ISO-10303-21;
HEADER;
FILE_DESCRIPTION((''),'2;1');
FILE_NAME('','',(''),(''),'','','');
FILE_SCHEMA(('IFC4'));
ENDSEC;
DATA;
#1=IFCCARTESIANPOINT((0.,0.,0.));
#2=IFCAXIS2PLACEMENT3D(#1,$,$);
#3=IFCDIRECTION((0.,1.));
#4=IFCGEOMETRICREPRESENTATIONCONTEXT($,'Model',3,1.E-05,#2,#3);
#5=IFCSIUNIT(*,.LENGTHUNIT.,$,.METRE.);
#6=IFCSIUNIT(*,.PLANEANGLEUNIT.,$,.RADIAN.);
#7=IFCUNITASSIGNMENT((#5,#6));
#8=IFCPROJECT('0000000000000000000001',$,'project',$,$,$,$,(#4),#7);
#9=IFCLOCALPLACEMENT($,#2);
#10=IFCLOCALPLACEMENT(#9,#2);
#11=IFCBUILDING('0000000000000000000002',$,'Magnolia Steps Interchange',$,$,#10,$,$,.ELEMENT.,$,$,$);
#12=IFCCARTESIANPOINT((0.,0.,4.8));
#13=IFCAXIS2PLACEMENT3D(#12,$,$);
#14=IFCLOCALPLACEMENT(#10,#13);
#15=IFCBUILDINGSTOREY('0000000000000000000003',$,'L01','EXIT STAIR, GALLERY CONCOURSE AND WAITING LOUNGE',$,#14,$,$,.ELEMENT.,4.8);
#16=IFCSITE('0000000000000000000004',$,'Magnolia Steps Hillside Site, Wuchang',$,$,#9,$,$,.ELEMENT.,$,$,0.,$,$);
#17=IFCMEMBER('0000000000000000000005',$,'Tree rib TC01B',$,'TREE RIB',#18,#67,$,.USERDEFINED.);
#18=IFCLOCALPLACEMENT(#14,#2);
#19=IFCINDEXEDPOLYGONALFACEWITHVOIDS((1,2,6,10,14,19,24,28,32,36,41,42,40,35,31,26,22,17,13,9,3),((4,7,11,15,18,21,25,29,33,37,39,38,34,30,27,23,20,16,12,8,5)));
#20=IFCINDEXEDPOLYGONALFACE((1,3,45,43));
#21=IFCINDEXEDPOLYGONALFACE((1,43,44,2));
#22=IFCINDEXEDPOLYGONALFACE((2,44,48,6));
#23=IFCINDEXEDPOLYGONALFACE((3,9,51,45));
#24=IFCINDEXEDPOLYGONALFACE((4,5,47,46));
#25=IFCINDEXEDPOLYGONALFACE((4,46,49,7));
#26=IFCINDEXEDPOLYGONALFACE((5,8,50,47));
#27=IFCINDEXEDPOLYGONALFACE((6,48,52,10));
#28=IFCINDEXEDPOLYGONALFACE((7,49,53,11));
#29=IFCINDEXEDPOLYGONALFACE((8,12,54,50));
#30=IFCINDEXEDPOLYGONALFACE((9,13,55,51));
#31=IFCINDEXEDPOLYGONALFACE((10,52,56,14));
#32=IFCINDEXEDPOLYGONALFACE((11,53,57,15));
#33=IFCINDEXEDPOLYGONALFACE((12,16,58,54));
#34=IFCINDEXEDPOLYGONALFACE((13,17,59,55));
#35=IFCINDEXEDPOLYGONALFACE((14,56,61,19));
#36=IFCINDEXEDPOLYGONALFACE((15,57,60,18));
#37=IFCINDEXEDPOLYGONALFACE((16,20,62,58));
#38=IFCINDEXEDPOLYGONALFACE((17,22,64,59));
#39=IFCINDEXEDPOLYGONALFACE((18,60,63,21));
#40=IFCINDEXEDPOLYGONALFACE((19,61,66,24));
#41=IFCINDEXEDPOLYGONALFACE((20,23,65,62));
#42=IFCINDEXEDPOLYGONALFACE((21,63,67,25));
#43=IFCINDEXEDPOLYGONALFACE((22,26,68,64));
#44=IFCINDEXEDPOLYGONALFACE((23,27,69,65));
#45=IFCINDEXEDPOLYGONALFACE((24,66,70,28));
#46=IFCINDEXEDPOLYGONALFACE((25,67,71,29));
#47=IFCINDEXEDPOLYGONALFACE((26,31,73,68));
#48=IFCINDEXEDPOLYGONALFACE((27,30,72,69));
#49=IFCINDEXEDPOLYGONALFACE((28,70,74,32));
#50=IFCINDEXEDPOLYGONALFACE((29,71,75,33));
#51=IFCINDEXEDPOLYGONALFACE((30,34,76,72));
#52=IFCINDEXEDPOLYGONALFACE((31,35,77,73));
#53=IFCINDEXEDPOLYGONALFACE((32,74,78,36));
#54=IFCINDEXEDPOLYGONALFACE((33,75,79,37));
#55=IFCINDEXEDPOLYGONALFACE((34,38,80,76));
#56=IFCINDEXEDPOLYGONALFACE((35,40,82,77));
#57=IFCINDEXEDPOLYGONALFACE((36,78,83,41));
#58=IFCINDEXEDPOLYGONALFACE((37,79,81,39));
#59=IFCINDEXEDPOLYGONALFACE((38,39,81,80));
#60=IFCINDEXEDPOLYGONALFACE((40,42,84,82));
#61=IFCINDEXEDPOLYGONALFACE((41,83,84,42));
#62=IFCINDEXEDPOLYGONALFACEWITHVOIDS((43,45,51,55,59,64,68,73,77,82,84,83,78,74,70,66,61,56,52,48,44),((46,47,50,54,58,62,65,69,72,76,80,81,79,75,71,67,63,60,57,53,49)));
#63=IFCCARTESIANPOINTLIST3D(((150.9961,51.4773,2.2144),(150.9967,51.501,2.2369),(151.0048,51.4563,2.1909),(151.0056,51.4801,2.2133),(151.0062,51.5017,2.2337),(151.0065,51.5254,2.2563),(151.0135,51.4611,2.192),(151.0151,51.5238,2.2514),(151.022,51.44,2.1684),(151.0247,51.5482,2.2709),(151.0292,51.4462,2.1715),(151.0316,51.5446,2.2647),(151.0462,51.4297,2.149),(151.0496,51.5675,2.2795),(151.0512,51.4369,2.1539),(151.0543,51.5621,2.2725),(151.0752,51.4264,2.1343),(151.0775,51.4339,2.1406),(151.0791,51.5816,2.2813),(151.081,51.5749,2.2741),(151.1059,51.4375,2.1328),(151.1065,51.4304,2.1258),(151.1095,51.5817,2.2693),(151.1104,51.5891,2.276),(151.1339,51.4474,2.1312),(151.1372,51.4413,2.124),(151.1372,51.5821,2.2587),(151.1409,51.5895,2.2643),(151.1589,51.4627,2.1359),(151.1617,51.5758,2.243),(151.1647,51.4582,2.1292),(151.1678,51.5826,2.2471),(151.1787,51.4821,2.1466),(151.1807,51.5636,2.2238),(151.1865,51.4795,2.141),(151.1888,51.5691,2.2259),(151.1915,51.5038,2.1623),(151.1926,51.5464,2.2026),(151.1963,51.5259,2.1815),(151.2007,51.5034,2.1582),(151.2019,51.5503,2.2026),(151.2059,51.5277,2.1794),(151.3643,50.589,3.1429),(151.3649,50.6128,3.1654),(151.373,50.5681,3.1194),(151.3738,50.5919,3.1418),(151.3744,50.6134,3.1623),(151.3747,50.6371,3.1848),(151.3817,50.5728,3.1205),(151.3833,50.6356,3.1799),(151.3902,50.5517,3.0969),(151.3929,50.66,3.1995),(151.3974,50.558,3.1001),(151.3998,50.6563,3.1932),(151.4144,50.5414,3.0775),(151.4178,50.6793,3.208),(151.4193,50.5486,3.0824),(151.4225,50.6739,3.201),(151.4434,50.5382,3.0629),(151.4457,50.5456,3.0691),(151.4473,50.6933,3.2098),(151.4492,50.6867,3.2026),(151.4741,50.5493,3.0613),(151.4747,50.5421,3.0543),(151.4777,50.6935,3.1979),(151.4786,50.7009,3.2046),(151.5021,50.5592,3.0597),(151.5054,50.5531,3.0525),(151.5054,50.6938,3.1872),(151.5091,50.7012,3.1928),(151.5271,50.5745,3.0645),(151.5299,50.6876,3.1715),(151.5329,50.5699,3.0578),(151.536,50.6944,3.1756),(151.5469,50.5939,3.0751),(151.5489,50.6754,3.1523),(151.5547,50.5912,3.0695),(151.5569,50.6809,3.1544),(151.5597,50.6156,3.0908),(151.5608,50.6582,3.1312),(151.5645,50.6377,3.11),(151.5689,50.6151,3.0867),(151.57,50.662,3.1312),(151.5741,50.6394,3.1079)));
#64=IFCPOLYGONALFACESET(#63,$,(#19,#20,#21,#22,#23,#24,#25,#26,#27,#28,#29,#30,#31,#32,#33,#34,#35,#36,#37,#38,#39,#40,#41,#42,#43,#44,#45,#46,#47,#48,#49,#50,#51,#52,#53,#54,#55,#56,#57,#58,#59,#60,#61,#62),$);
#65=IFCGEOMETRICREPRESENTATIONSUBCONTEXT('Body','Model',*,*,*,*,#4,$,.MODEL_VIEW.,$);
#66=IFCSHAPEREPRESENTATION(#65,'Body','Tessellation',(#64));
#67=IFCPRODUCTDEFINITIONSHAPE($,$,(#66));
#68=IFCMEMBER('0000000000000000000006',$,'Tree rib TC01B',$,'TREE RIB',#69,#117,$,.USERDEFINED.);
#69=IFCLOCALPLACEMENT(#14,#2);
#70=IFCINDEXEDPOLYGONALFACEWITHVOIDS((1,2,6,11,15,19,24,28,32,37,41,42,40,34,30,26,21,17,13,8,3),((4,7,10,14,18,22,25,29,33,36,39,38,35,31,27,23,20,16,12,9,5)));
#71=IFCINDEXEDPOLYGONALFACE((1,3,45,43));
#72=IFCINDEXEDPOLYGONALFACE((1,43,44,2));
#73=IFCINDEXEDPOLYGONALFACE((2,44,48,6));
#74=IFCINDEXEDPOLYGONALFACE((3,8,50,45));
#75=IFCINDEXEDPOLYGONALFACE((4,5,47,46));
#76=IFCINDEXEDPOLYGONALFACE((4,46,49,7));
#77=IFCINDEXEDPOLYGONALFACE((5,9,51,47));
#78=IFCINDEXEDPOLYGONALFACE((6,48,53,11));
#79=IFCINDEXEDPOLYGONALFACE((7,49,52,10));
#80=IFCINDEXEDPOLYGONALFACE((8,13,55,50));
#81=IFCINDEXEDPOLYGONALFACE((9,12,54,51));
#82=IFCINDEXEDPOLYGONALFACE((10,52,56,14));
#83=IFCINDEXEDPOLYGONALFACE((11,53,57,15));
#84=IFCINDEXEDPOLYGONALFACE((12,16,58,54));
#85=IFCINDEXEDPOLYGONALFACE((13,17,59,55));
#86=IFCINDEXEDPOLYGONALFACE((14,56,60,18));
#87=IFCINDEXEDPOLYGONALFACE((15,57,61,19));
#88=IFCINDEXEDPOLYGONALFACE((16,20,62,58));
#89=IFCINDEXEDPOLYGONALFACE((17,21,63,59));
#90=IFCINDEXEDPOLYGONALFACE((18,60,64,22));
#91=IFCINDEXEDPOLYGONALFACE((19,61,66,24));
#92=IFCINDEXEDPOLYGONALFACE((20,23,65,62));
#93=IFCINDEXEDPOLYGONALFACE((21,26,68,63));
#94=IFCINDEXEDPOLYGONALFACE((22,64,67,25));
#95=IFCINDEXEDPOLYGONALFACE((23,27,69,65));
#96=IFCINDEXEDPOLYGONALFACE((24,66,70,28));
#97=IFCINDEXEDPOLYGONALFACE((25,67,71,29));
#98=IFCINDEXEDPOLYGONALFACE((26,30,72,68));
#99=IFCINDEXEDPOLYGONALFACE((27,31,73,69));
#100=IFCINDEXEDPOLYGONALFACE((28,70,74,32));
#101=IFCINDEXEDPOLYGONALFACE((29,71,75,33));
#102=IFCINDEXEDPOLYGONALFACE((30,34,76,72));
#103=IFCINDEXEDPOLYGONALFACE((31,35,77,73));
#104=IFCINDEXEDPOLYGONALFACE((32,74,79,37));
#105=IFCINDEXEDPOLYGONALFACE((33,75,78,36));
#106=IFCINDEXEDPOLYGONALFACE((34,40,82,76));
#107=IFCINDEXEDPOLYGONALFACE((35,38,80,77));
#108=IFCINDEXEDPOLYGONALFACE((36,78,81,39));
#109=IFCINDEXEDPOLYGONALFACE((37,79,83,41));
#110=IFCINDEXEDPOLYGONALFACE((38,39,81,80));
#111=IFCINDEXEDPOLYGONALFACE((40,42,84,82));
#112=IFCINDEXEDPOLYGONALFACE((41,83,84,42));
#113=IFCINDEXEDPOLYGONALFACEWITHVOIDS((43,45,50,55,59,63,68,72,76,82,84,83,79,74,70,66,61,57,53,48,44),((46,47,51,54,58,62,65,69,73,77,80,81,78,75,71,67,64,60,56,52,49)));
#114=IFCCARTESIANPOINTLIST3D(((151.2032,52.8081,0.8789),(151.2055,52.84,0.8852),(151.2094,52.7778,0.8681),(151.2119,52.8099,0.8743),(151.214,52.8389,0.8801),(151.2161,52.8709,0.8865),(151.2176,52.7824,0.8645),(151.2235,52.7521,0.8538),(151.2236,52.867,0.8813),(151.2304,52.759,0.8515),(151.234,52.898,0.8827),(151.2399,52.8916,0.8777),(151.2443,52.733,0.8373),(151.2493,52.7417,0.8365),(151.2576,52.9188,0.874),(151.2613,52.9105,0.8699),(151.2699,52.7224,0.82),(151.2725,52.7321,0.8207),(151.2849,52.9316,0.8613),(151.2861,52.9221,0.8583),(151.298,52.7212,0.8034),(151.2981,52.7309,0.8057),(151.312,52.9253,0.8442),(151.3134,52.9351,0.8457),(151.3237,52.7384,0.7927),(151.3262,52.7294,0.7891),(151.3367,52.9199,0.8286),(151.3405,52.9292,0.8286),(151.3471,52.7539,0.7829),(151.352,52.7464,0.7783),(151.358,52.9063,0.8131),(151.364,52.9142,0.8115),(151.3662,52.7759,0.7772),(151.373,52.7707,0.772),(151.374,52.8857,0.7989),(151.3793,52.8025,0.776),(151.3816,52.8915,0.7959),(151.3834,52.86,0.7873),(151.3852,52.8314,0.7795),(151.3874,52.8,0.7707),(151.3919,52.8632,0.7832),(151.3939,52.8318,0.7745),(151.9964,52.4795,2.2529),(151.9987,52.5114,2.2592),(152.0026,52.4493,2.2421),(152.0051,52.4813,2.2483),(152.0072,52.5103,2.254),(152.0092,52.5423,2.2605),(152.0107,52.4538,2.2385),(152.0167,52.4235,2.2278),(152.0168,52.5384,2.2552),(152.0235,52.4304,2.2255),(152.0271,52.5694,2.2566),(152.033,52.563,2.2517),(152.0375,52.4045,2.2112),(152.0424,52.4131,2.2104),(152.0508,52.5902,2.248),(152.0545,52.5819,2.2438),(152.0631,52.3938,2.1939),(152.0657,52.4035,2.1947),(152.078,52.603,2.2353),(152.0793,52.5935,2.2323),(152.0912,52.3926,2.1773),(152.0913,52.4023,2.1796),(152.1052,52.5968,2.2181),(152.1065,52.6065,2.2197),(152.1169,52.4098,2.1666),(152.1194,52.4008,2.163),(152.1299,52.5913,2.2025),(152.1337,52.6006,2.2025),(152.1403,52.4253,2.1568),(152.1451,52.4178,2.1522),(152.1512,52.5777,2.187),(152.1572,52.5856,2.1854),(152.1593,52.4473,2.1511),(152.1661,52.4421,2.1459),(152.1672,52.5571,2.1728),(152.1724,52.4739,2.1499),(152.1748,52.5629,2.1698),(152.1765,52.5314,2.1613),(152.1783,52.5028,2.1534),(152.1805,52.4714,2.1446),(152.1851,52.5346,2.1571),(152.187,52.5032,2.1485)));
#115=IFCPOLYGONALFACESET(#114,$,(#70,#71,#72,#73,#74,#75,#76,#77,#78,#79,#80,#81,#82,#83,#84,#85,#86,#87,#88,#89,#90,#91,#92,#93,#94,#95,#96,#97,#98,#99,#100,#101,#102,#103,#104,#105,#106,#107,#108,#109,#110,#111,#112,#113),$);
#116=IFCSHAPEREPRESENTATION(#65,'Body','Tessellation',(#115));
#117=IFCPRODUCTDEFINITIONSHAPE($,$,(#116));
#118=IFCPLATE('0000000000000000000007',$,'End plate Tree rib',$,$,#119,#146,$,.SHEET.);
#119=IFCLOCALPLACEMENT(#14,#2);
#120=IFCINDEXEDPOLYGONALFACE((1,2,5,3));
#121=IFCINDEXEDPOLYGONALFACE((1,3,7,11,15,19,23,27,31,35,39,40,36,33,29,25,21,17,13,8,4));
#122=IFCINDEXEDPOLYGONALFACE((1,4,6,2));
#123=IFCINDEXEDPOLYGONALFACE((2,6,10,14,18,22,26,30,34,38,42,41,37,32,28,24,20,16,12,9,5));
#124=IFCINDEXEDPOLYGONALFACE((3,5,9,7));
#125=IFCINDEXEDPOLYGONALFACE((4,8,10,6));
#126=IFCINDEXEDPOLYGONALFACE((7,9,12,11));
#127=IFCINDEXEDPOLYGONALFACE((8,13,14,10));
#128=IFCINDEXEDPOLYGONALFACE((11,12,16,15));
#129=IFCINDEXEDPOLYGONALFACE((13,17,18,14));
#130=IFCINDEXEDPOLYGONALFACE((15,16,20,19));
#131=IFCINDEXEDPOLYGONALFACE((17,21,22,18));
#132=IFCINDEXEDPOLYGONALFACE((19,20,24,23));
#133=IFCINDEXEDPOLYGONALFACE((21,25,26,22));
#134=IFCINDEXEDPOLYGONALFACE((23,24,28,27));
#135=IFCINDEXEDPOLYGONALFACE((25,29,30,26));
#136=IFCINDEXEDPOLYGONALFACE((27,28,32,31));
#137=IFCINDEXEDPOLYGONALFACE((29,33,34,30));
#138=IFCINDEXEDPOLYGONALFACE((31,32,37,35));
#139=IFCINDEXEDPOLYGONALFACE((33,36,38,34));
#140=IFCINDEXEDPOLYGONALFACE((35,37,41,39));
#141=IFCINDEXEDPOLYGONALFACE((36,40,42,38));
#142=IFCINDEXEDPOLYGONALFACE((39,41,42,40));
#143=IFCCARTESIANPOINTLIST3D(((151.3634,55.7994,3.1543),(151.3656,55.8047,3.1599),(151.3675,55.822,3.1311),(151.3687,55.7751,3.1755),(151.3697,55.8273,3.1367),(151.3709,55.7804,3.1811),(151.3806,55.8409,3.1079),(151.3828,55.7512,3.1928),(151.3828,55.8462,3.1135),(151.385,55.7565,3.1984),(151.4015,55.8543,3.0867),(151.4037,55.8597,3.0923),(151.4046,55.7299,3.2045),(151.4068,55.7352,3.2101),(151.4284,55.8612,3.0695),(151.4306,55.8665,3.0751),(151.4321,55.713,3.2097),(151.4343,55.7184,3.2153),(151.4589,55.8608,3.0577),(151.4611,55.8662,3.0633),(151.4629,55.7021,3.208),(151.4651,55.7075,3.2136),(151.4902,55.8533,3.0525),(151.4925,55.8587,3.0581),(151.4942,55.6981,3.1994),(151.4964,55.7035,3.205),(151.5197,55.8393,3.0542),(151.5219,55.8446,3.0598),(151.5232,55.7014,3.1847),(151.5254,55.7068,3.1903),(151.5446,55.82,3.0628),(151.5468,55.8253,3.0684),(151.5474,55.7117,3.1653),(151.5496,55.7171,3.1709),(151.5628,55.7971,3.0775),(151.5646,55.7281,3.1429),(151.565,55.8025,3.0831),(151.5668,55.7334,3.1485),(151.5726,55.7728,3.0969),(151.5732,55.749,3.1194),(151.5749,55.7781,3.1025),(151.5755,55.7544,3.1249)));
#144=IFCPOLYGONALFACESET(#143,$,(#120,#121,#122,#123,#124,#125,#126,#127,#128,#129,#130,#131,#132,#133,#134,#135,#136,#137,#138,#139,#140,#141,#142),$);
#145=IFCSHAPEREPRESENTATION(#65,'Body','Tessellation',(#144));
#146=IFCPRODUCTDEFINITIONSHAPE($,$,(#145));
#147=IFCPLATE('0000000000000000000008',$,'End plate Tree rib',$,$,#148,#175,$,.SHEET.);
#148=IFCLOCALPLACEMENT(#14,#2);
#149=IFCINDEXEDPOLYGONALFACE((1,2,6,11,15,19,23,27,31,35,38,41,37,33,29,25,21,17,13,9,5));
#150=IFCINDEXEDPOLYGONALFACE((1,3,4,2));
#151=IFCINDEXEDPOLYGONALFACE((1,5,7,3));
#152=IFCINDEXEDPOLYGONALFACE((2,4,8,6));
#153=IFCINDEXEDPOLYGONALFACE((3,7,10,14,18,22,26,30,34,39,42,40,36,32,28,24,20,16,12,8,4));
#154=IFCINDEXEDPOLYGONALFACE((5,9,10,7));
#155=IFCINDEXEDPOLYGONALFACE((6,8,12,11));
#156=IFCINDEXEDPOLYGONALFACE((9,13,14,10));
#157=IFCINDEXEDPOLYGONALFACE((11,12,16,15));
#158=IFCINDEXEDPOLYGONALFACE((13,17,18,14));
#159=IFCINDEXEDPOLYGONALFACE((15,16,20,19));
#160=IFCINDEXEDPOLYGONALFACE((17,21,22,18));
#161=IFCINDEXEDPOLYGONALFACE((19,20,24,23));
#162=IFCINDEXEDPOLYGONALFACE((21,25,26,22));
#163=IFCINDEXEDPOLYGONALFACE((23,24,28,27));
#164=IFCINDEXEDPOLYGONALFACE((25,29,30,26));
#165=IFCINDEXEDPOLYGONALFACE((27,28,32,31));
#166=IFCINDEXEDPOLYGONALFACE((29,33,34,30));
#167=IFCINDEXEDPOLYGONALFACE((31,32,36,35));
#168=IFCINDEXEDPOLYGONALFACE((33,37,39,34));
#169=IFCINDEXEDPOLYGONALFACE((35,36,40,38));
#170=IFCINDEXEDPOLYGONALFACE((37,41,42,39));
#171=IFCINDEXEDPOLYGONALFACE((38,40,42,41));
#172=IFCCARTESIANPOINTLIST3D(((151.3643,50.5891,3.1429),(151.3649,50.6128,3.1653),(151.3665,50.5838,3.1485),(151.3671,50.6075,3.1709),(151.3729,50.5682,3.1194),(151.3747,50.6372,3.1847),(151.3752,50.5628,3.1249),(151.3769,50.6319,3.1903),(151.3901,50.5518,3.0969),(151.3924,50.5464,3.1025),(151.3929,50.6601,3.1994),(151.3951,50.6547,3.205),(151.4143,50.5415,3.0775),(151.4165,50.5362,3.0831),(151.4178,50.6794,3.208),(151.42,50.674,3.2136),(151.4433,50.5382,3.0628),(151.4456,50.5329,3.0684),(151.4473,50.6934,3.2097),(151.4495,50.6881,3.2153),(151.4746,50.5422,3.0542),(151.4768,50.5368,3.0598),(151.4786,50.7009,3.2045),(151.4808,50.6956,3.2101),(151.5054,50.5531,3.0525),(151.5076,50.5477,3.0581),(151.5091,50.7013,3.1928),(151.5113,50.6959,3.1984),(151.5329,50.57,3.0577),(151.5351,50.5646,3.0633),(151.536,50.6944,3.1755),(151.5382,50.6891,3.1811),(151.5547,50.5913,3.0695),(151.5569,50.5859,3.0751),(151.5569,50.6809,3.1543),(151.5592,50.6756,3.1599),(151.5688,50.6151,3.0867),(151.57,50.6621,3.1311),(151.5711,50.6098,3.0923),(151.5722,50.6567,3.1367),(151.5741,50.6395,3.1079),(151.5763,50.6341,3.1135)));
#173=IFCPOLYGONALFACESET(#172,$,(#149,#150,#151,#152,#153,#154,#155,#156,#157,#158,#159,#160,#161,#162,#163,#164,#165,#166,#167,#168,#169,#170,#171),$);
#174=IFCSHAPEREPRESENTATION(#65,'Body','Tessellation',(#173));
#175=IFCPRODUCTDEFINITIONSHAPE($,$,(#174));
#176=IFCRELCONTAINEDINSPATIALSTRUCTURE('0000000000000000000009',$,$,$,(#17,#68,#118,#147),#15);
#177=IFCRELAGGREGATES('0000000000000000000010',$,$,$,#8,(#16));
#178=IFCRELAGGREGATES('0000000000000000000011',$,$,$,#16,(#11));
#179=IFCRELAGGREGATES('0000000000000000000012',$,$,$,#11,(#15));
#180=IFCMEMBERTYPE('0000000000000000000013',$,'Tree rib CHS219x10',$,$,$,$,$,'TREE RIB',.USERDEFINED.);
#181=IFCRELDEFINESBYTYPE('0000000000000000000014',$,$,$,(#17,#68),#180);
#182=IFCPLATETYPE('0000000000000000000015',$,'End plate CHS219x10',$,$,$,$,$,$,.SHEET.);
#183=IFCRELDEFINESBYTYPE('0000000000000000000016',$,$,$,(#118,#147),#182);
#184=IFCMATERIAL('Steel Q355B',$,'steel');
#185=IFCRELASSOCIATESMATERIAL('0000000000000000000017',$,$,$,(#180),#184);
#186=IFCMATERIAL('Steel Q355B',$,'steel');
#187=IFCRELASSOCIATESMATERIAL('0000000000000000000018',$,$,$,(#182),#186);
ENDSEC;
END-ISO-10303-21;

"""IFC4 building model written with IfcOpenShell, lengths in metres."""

from ifc_helpers import new_model, si_unit, direction, frame, origin, origin_2d, place, context, subcontext, project, spatial, circle, hollow_circle, extrude, material, material_profile, profile_set, type_object, element, save


model = new_model("IFC4")

# Units and contexts
model_context = context("Model", 3, precision=1e-05, world=origin(), true_north=direction((0.0, 1.0)))
body_context = subcontext(model_context, "Body", "Model", "MODEL_VIEW")
ifc_project = project(units=[si_unit("LENGTHUNIT", "METRE"), si_unit("PLANEANGLEUNIT", "RADIAN")], contexts=[model_context])

# Site, building, storey
site_placement = place(None, origin())
site = spatial("IfcSite", under=ifc_project, at=site_placement, Name="Magnolia Steps Hillside Site, Wuchang", CompositionType="ELEMENT", RefElevation=0.0)
building_placement = place(site_placement, origin())
building = spatial("IfcBuilding", under=site, at=building_placement, Name="Magnolia Steps Interchange", CompositionType="ELEMENT")
storey_placement = place(building_placement, frame((0.0, 0.0, 4.8)))
storey = spatial("IfcBuildingStorey", under=building, at=storey_placement, Name="L01", Description="EXIT STAIR, GALLERY CONCOURSE AND WAITING LOUNGE", CompositionType="ELEMENT", Elevation=4.8)

# Members
ifc_material_1 = material(Name="Steel Q355B", Category="steel")
ifc_material_profile_1 = material_profile(ifc_material_1, hollow_circle(Radius=0.1096, WallThickness=0.01, at=origin_2d()), Name="CHS219x10")
ifc_profile_set_1 = profile_set([ifc_material_profile_1], Name="Steel Q355B")
member_type = type_object("IfcMemberType", Name="Tree rib CHS219x10", ElementType="TREE RIB", PredefinedType="USERDEFINED", material=ifc_profile_set_1)
member_1_placement = place(storey_placement, frame((151.1006, 51.5083, 2.2026), z_axis=(0.275451, -0.664516, 0.694655), x_axis=(0.923782, 0.38292, 0.0)))
element("IfcMember", 1, at=member_1_placement, inside=storey, type_object=member_type, Name="Tree rib TC01B", ObjectType="TREE RIB", PredefinedType="USERDEFINED", context=body_context, shape_type="SweptSolid", body=[
    extrude(hollow_circle(Radius=0.1096, WallThickness=0.01, at=origin_2d()), origin(), (0.0, 0.0, 1.0), 1.3367),
])
member_2_placement = place(storey_placement, frame((151.2986, 52.8279, 0.8286), z_axis=(0.489571, -0.20282, 0.848047), x_axis=(0.382737, 0.923857, 0.0)))
element("IfcMember", 2, at=member_2_placement, inside=storey, type_object=member_type, Name="Tree rib TC01B", ObjectType="TREE RIB", PredefinedType="USERDEFINED", context=body_context, shape_type="SweptSolid", body=[
    extrude(hollow_circle(Radius=0.1096, WallThickness=0.01, at=origin_2d()), origin(), (0.0, 0.0, 1.0), 1.6201),
])

# Plates
ifc_material_2 = material(Name="Steel Q355B", Category="steel")
ifc_material_profile_2 = material_profile(ifc_material_2, circle(Radius=0.1096, at=origin_2d()), Name="End plate CHS219x10")
ifc_profile_set_2 = profile_set([ifc_material_profile_2], Name="Steel Q355B")
plate_type = type_object("IfcPlateType", Name="End plate CHS219x10", PredefinedType="SHEET", material=ifc_profile_set_2)
for number, where, z_axis, x_axis, name in (
    (3, (151.4688, 55.78, 3.1311), (0.275279, 0.664583, 0.694658), (-0.92388, 0.382683, 0.0), "End plate Tree rib"),
    (4, (151.4688, 50.6201, 3.1311), (0.275279, -0.664583, 0.694658), (0.92388, 0.382683, 0.0), "End plate Tree rib"),
):
    element("IfcPlate", number, at=place(storey_placement, frame(where, z_axis=z_axis, x_axis=x_axis)), inside=storey, type_object=plate_type, Name=name, PredefinedType="SHEET", context=body_context, shape_type="SweptSolid", body=[
        extrude(circle(Radius=0.1096, at=origin_2d()), origin(), (0.0, 0.0, 1.0), 0.0081),
    ])

save(model, "model.ifc")
